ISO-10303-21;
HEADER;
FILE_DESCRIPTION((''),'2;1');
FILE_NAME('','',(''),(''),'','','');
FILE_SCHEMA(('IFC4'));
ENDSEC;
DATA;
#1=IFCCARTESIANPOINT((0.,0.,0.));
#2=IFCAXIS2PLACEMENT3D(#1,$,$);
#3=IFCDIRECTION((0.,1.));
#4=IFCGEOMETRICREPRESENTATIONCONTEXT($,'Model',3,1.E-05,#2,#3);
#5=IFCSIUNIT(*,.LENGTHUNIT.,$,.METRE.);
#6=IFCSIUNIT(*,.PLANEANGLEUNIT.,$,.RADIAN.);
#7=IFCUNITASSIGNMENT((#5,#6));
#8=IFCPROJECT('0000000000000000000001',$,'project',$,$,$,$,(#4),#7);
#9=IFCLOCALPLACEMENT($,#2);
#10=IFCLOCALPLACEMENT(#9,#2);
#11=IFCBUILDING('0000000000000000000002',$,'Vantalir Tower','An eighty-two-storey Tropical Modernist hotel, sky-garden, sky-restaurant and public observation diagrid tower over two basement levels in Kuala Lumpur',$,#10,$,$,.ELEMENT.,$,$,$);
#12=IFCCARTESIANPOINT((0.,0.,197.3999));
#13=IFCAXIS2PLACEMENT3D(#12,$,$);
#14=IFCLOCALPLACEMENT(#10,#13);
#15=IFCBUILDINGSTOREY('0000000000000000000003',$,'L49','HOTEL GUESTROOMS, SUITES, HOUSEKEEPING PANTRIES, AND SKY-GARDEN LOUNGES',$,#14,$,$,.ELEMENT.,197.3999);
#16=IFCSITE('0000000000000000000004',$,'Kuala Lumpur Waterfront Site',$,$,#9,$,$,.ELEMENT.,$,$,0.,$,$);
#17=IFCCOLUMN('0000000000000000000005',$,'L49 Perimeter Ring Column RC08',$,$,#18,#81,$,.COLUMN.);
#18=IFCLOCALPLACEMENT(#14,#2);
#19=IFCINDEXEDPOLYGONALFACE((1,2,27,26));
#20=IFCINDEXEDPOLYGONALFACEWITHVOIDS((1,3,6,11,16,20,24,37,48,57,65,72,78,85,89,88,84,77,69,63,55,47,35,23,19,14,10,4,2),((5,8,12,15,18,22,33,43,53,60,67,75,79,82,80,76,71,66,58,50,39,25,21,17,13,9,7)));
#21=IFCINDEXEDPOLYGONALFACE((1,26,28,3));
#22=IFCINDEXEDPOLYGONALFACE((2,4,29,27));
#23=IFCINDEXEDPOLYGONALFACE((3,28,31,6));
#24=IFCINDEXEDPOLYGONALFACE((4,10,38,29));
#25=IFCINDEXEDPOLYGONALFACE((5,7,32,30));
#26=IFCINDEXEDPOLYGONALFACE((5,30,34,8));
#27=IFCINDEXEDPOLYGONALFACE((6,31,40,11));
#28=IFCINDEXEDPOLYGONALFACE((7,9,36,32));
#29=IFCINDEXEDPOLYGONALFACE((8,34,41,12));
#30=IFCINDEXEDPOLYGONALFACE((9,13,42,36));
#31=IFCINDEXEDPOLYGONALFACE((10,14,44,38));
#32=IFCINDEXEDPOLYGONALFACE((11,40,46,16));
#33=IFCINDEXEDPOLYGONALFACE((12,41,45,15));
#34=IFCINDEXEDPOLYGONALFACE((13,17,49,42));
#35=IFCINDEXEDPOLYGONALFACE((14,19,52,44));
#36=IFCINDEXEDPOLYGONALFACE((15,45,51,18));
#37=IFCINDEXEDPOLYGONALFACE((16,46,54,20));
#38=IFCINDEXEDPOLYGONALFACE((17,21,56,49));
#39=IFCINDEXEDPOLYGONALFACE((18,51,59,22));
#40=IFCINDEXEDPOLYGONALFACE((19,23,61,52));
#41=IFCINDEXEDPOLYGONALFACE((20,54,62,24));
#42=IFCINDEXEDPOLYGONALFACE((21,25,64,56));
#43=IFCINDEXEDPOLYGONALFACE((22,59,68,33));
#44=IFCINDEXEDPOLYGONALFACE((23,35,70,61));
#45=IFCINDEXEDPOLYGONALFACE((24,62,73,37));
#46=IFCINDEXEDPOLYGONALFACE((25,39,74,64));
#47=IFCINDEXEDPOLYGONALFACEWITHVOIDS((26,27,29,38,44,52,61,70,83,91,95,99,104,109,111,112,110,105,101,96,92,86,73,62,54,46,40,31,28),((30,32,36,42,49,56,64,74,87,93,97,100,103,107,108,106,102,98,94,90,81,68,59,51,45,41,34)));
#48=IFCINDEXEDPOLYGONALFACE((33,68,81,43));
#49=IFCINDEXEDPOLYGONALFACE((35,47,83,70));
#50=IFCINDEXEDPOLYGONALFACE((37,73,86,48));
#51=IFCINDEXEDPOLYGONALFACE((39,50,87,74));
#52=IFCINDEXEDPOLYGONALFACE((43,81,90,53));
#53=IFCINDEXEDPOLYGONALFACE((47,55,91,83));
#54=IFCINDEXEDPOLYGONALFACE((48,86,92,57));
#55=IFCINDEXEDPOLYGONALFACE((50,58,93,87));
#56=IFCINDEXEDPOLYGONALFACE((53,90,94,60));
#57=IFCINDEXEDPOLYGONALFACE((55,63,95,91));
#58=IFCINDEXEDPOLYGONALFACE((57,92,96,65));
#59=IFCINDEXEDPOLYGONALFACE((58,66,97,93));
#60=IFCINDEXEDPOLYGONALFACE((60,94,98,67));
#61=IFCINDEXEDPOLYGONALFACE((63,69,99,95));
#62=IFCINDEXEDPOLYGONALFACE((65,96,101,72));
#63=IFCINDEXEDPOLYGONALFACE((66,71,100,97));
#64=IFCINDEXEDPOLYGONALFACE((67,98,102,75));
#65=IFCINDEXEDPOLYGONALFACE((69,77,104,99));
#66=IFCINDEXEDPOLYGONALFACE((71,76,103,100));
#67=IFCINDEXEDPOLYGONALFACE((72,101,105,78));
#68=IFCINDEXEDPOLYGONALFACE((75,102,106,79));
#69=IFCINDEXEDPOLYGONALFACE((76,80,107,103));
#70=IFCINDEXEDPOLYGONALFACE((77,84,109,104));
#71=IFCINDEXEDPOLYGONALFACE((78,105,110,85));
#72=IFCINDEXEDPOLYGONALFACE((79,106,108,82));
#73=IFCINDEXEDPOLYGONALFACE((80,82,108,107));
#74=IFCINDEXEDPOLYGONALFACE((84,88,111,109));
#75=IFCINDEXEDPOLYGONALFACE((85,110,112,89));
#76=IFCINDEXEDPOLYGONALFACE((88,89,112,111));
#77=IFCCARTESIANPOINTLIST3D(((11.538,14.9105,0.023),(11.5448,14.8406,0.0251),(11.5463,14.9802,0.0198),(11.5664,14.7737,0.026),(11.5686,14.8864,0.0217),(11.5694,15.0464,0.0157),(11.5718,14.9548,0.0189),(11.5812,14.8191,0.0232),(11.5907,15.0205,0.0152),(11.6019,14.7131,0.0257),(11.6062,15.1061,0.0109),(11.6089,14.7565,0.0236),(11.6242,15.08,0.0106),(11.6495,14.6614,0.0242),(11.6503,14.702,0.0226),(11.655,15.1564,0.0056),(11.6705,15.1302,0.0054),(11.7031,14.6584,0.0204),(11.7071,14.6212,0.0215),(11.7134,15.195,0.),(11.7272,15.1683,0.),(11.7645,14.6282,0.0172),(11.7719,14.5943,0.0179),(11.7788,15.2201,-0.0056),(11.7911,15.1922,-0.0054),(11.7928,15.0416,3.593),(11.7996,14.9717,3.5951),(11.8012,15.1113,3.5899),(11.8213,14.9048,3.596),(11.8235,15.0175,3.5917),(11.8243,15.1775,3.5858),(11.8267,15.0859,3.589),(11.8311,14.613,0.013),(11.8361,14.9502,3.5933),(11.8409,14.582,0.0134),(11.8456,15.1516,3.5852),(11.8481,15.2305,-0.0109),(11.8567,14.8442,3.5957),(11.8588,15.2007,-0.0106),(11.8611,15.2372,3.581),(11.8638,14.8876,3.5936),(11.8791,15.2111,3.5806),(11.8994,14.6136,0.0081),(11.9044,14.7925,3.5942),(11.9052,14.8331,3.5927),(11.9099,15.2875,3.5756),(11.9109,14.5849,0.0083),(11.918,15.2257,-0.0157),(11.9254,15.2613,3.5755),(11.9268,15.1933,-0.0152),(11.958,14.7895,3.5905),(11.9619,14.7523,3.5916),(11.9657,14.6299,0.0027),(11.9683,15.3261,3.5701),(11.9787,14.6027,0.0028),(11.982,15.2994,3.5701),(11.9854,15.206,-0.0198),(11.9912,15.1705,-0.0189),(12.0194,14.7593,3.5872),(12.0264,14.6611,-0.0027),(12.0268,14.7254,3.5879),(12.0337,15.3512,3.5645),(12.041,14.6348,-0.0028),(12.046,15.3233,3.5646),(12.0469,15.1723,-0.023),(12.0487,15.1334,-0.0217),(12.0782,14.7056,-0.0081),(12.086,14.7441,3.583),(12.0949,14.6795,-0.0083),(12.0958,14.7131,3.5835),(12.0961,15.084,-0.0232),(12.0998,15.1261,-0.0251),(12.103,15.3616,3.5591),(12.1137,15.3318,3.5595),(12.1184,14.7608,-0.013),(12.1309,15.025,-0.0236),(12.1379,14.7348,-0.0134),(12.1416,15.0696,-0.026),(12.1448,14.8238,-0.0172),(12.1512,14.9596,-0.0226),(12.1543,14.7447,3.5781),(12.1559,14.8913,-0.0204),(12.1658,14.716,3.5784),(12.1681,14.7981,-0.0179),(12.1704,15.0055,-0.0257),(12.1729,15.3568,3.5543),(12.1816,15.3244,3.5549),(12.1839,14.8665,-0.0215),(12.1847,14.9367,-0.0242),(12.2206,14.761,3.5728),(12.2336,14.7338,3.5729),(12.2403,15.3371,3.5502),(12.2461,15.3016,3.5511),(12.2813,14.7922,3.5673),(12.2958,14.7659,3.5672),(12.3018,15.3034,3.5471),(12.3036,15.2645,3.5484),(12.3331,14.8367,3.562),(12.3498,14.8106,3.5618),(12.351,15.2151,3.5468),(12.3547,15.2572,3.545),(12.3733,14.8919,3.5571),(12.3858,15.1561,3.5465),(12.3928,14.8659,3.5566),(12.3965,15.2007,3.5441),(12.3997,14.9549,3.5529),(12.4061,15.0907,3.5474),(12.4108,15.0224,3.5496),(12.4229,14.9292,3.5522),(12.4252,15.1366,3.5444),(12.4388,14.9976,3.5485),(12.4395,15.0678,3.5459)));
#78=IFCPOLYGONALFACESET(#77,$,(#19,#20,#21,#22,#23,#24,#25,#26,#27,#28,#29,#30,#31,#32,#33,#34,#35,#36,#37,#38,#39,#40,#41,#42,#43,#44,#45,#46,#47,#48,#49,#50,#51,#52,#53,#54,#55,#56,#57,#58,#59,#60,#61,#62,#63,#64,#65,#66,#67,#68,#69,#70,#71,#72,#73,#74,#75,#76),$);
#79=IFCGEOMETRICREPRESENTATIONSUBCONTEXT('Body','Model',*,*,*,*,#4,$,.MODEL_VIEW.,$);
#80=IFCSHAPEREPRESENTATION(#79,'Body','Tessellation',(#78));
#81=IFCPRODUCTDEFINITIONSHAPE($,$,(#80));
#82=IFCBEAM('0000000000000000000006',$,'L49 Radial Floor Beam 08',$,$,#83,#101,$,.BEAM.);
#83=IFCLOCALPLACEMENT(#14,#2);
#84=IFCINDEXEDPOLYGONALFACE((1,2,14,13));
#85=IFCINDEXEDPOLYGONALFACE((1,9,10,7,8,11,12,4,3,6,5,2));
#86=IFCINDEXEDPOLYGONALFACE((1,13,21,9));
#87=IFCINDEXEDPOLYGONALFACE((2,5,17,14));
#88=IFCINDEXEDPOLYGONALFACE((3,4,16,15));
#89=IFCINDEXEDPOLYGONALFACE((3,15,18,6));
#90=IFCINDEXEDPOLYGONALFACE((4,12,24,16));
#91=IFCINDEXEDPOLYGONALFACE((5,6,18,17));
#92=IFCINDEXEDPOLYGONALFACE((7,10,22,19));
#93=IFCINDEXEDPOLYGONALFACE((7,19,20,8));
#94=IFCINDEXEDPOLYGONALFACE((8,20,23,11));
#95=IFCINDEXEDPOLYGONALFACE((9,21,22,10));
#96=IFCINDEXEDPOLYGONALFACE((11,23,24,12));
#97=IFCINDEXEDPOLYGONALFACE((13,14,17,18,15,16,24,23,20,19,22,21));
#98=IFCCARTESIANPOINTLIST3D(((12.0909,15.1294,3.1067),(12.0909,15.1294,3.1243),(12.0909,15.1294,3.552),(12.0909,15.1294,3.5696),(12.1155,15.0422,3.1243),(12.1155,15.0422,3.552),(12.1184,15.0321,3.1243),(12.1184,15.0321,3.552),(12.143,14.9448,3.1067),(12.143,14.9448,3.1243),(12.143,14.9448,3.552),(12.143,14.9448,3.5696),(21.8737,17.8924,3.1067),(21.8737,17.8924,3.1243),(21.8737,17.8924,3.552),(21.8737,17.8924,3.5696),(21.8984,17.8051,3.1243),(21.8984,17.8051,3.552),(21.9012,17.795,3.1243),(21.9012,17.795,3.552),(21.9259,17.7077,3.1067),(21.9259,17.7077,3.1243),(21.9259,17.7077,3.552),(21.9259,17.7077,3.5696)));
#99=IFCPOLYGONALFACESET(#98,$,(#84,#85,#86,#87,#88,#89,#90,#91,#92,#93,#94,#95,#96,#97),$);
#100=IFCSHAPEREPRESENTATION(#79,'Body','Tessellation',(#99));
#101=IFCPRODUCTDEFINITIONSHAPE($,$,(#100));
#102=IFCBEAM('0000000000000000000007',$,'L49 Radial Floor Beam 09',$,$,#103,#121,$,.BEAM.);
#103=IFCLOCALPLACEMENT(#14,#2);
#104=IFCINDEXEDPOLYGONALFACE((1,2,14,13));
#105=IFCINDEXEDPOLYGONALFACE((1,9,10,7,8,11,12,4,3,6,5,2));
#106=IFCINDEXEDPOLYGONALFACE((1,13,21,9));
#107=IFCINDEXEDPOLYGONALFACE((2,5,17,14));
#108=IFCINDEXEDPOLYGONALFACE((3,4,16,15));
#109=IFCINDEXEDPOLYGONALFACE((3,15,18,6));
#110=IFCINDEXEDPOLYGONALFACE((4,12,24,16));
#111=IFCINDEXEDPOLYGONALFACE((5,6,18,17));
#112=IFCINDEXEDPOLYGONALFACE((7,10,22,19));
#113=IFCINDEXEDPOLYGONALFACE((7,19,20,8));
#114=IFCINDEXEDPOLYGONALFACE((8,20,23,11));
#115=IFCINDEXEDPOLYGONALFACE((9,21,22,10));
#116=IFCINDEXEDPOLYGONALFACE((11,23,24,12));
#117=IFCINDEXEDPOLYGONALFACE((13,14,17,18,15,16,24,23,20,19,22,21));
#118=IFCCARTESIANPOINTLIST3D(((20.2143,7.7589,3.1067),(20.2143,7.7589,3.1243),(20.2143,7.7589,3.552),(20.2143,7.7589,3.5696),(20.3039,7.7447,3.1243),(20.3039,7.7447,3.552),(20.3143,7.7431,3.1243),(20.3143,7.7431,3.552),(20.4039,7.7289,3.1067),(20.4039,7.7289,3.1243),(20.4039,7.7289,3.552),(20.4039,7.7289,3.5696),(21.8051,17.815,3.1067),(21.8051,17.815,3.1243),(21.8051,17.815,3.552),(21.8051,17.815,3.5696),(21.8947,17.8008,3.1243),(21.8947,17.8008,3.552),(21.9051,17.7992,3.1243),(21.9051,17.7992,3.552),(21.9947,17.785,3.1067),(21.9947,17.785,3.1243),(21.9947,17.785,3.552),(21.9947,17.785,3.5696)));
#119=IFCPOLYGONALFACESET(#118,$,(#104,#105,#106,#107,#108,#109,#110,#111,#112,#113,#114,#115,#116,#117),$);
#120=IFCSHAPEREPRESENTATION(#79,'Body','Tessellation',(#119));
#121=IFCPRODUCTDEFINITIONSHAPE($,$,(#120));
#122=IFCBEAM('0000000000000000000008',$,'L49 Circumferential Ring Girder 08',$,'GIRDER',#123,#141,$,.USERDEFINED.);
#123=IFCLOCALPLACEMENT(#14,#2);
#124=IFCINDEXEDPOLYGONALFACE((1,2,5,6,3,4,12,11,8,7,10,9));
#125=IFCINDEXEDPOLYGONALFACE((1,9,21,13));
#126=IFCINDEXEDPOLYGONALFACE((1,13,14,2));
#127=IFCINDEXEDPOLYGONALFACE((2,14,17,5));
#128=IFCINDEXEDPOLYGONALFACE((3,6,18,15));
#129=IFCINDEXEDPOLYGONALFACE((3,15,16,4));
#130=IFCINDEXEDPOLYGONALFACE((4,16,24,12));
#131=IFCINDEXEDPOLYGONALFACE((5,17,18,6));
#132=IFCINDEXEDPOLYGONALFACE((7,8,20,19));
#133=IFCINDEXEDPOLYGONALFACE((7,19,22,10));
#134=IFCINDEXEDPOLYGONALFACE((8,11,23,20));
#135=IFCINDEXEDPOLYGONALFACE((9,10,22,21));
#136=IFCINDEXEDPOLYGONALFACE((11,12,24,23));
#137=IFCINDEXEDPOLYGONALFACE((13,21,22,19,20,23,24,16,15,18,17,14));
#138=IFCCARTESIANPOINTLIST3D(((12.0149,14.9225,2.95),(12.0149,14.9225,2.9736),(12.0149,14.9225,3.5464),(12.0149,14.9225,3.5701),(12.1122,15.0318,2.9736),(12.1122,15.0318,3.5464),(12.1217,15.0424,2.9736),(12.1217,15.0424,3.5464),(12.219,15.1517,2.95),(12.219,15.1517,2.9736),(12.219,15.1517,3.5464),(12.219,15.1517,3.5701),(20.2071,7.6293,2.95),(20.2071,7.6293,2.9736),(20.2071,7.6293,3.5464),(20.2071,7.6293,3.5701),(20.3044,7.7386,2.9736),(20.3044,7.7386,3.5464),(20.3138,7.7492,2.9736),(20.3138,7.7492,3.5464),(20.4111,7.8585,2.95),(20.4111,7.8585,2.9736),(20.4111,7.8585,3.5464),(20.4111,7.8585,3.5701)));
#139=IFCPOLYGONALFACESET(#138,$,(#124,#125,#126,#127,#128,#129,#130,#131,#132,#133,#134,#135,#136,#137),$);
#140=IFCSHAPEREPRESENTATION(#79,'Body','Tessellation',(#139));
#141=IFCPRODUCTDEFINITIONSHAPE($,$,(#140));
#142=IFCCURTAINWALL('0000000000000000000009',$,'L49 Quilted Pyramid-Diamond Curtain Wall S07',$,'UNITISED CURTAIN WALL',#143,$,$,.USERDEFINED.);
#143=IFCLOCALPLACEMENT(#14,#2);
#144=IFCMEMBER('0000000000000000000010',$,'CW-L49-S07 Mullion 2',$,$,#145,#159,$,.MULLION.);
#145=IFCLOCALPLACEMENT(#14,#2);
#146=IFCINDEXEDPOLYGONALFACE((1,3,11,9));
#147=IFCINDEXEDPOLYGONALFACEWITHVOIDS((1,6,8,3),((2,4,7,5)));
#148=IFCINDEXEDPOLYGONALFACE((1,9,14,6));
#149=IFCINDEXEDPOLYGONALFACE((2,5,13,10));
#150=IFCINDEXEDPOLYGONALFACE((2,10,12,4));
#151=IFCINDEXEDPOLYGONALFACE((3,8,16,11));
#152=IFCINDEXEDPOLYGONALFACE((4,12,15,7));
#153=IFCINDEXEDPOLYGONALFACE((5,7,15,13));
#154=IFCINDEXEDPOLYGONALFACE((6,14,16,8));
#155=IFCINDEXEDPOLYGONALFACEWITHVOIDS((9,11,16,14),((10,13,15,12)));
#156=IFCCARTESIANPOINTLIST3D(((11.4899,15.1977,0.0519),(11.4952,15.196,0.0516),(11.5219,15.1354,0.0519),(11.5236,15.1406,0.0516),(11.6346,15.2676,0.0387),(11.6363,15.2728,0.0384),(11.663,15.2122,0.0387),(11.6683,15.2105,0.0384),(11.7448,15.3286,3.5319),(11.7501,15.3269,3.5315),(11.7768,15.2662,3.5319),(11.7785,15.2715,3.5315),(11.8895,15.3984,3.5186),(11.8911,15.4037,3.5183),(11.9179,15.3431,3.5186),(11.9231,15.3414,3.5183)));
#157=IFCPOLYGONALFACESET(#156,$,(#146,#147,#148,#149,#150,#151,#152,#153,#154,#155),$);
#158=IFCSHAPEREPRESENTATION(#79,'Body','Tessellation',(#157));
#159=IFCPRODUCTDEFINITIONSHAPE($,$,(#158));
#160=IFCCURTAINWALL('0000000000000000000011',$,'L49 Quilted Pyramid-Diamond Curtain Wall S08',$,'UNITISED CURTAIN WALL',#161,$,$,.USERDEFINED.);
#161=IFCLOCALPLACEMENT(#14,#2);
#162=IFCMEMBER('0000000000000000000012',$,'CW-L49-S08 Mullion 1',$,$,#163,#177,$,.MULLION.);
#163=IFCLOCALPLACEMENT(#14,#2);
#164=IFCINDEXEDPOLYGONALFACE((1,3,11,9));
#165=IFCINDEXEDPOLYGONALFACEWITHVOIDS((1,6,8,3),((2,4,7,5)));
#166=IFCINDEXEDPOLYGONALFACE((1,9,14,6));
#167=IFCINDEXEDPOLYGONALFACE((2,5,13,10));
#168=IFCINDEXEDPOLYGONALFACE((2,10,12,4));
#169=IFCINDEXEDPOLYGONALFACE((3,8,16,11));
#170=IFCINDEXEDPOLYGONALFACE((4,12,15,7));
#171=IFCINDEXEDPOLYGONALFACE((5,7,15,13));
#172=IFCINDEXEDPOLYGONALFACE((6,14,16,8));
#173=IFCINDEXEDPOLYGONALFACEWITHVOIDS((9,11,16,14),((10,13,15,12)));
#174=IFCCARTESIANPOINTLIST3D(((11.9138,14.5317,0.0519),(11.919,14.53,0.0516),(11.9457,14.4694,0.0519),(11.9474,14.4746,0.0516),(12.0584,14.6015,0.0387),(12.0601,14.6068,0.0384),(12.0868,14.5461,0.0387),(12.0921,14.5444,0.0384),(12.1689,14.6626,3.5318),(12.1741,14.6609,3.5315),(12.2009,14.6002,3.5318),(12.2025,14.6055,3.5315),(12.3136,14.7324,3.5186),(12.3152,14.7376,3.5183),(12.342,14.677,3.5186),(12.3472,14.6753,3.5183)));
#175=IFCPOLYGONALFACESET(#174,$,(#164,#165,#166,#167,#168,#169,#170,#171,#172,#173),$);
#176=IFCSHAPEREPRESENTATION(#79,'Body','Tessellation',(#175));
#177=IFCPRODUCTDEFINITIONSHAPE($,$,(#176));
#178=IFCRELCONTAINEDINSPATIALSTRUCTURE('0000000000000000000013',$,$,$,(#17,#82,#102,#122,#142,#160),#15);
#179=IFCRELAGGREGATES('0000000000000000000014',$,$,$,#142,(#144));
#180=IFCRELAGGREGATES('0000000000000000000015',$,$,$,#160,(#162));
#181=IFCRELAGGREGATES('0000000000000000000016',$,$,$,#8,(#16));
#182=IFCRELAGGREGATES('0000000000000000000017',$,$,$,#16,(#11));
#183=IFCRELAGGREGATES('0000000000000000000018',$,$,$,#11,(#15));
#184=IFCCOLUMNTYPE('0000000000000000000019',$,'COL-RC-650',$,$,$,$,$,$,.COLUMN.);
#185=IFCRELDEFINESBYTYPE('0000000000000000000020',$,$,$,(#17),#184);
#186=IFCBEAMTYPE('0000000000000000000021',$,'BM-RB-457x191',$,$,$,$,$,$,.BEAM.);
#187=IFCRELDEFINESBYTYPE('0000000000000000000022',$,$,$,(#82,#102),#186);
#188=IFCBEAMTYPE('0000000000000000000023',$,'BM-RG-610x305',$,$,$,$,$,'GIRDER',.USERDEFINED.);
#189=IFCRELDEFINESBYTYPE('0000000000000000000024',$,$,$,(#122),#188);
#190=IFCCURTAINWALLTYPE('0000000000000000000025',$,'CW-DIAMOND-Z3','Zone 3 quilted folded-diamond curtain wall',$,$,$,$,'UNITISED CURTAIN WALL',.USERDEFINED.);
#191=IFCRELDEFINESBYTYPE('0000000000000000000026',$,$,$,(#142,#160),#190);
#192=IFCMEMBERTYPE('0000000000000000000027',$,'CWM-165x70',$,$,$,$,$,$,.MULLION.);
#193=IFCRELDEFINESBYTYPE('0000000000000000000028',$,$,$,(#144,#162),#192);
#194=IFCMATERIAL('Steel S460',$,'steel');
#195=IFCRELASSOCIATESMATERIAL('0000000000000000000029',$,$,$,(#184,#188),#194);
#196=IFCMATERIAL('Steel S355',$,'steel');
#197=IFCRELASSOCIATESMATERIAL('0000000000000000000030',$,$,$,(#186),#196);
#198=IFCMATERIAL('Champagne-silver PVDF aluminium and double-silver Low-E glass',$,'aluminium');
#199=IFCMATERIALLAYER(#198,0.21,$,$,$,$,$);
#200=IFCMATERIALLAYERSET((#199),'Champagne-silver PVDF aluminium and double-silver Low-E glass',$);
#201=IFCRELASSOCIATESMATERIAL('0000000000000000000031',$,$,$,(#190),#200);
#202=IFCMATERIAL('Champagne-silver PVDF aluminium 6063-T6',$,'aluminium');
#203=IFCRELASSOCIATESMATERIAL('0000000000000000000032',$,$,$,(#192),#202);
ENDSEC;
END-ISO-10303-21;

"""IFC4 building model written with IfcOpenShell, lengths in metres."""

from ifc_helpers import new_model, si_unit, direction, frame, origin, origin_2d, place, context, subcontext, project, spatial, hollow_rectangle, hollow_circle, i_section, extrude, material, layer, layer_set, material_profile, profile_set, type_object, element, aggregate, save


model = new_model("IFC4")

# Units and contexts
model_context = context("Model", 3, precision=1e-05, world=origin(), true_north=direction((0.0, 1.0)))
body_context = subcontext(model_context, "Body", "Model", "MODEL_VIEW")
ifc_project = project(units=[si_unit("LENGTHUNIT", "METRE"), si_unit("PLANEANGLEUNIT", "RADIAN")], contexts=[model_context])

# Site, building, storey
site_placement = place(None, origin())
site = spatial("IfcSite", under=ifc_project, at=site_placement, Name="Kuala Lumpur Waterfront Site", CompositionType="ELEMENT", RefElevation=0.0)
building_placement = place(site_placement, origin())
building = spatial("IfcBuilding", under=site, at=building_placement, Name="Vantalir Tower", Description="An eighty-two-storey Tropical Modernist hotel, sky-garden, sky-restaurant and public observation diagrid tower over two basement levels in Kuala Lumpur", CompositionType="ELEMENT")
storey_placement = place(building_placement, frame((0.0, 0.0, 197.3999)))
storey = spatial("IfcBuildingStorey", under=building, at=storey_placement, Name="L49", Description="HOTEL GUESTROOMS, SUITES, HOUSEKEEPING PANTRIES, AND SKY-GARDEN LOUNGES", CompositionType="ELEMENT", Elevation=197.3999)

# Column
ifc_material_1 = material(Name="Steel S460", Category="steel")
ifc_material_profile_1 = material_profile(ifc_material_1, hollow_circle(Radius=0.325, WallThickness=0.03, at=origin_2d()), Name="Steel S460")
ifc_profile_set_1 = profile_set([ifc_material_profile_1], Name="Steel S460")
column_type = type_object("IfcColumnType", Name="COL-RC-650", PredefinedType="COLUMN", material=ifc_profile_set_1)
column_placement = place(storey_placement, frame((11.8621, 14.906, 0.0), z_axis=(0.071165, 0.036605, 0.996793), x_axis=(-0.457406, 0.889258, 0.0)))
element("IfcColumn", 1, at=column_placement, inside=storey, type_object=column_type, Name="L49 Perimeter Ring Column RC08", PredefinedType="COLUMN", context=body_context, shape_type="SweptSolid", body=[
    extrude(hollow_circle(Radius=0.325, WallThickness=0.03, at=origin_2d()), origin(), (0.0, 0.0, 1.0), 3.5815),
])

# Beams
ifc_material_2 = material(Name="Steel S355", Category="steel")
ifc_material_profile_2 = material_profile(ifc_material_2, i_section(OverallWidth=0.1919, OverallDepth=0.4629, WebThickness=0.0105, FlangeThickness=0.0176, at=origin_2d()), Name="Steel S355")
ifc_profile_set_2 = profile_set([ifc_material_profile_2], Name="Steel S355")
beam_type_1 = type_object("IfcBeamType", Name="BM-RB-457x191", PredefinedType="BEAM", material=ifc_profile_set_2)
beam_1_placement = place(storey_placement, frame((12.1169, 15.0371, 3.3381), z_axis=(0.962356, 0.271792, 0.0), x_axis=(-0.271792, 0.962356, 0.0)))
element("IfcBeam", 2, at=beam_1_placement, inside=storey, type_object=beam_type_1, Name="L49 Radial Floor Beam 08", PredefinedType="BEAM", context=body_context, shape_type="SweptSolid", body=[
    extrude(i_section(OverallWidth=0.1919, OverallDepth=0.4629, WebThickness=0.0105, FlangeThickness=0.0176, at=origin_2d()), origin(), (0.0, 0.0, 1.0), 10.1655),
])
beam_2_placement = place(storey_placement, frame((20.3091, 7.7439, 3.3381), z_axis=(0.156251, 0.987717, 0.0), x_axis=(-0.987717, 0.156251, 0.0)))
element("IfcBeam", 3, at=beam_2_placement, inside=storey, type_object=beam_type_1, Name="L49 Radial Floor Beam 09", PredefinedType="BEAM", context=body_context, shape_type="SweptSolid", body=[
    extrude(i_section(OverallWidth=0.1919, OverallDepth=0.4629, WebThickness=0.0105, FlangeThickness=0.0176, at=origin_2d()), origin(), (0.0, 0.0, 1.0), 10.1812),
])
ifc_material_profile_3 = material_profile(ifc_material_1, i_section(OverallWidth=0.3069, OverallDepth=0.6201, WebThickness=0.0142, FlangeThickness=0.0237, at=origin_2d()), Name="Steel S460")
ifc_profile_set_3 = profile_set([ifc_material_profile_3], Name="Steel S460")
beam_type_2 = type_object("IfcBeamType", Name="BM-RG-610x305", ElementType="GIRDER", PredefinedType="USERDEFINED", material=ifc_profile_set_3)
beam_3_placement = place(storey_placement, frame((12.1169, 15.0371, 3.26), z_axis=(0.746897, -0.66494, 0.0), x_axis=(0.66494, 0.746897, 0.0)))
element("IfcBeam", 4, at=beam_3_placement, inside=storey, type_object=beam_type_2, Name="L49 Circumferential Ring Girder 08", ObjectType="GIRDER", PredefinedType="USERDEFINED", context=body_context, shape_type="SweptSolid", body=[
    extrude(i_section(OverallWidth=0.3069, OverallDepth=0.6201, WebThickness=0.0142, FlangeThickness=0.0237, at=origin_2d()), origin(), (0.0, 0.0, 1.0), 10.9683),
])

# Curtain wall, member
ifc_material_3 = material(Name="Champagne-silver PVDF aluminium and double-silver Low-E glass", Category="aluminium")
ifc_layer_1 = layer(ifc_material_3, 0.21)
ifc_layer_set_1 = layer_set([ifc_layer_1], Name="Champagne-silver PVDF aluminium and double-silver Low-E glass")
curtain_wall_type = type_object("IfcCurtainWallType", Name="CW-DIAMOND-Z3", Description="Zone 3 quilted folded-diamond curtain wall", ElementType="UNITISED CURTAIN WALL", PredefinedType="USERDEFINED", material=ifc_layer_set_1)
curtain_wall_1_placement = place(storey_placement, origin())
curtain_wall_1 = element("IfcCurtainWall", 5, at=curtain_wall_1_placement, inside=storey, type_object=curtain_wall_type, Name="L49 Quilted Pyramid-Diamond Curtain Wall S07", ObjectType="UNITISED CURTAIN WALL", PredefinedType="USERDEFINED")
ifc_material_4 = material(Name="Champagne-silver PVDF aluminium 6063-T6", Category="aluminium")
ifc_material_profile_4 = material_profile(ifc_material_4, hollow_rectangle(XDim=0.0701, YDim=0.165, WallThickness=0.0039, at=origin_2d()), Name="Champagne-silver PVDF aluminium 6063-T6")
ifc_profile_set_4 = profile_set([ifc_material_profile_4], Name="Champagne-silver PVDF aluminium 6063-T6")
member_type_1 = type_object("IfcMemberType", Name="CWM-165x70", PredefinedType="MULLION", material=ifc_profile_set_4)
member_1_placement = place(storey_placement, frame((11.5791, 15.2041, 0.0452), z_axis=(0.072996, 0.037477, 0.996628), x_axis=(-0.456732, 0.889604, 0.0)))
member_1 = element("IfcMember", 6, at=member_1_placement, type_object=member_type_1, Name="CW-L49-S07 Mullion 2", PredefinedType="MULLION", context=body_context, shape_type="SweptSolid", body=[
    extrude(hollow_rectangle(XDim=0.0701, YDim=0.165, WallThickness=0.0039, at=origin_2d()), origin(), (0.0, 0.0, 1.0), 3.4917),
])

# Curtain wall, member
curtain_wall_2_placement = place(storey_placement, origin())
curtain_wall_2 = element("IfcCurtainWall", 7, at=curtain_wall_2_placement, inside=storey, type_object=curtain_wall_type, Name="L49 Quilted Pyramid-Diamond Curtain Wall S08", ObjectType="UNITISED CURTAIN WALL", PredefinedType="USERDEFINED")
member_2_placement = place(storey_placement, frame((12.0029, 14.5381, 0.0452), z_axis=(0.073065, 0.037476, 0.996623), x_axis=(-0.456386, 0.889782, 0.0)))
member_2 = element("IfcMember", 8, at=member_2_placement, type_object=member_type_1, Name="CW-L49-S08 Mullion 1", PredefinedType="MULLION", context=body_context, shape_type="SweptSolid", body=[
    extrude(hollow_rectangle(XDim=0.0701, YDim=0.165, WallThickness=0.0039, at=origin_2d()), origin(), (0.0, 0.0, 1.0), 3.4917),
])

aggregate(curtain_wall_1, [member_1])
aggregate(curtain_wall_2, [member_2])

save(model, "model.ifc")
